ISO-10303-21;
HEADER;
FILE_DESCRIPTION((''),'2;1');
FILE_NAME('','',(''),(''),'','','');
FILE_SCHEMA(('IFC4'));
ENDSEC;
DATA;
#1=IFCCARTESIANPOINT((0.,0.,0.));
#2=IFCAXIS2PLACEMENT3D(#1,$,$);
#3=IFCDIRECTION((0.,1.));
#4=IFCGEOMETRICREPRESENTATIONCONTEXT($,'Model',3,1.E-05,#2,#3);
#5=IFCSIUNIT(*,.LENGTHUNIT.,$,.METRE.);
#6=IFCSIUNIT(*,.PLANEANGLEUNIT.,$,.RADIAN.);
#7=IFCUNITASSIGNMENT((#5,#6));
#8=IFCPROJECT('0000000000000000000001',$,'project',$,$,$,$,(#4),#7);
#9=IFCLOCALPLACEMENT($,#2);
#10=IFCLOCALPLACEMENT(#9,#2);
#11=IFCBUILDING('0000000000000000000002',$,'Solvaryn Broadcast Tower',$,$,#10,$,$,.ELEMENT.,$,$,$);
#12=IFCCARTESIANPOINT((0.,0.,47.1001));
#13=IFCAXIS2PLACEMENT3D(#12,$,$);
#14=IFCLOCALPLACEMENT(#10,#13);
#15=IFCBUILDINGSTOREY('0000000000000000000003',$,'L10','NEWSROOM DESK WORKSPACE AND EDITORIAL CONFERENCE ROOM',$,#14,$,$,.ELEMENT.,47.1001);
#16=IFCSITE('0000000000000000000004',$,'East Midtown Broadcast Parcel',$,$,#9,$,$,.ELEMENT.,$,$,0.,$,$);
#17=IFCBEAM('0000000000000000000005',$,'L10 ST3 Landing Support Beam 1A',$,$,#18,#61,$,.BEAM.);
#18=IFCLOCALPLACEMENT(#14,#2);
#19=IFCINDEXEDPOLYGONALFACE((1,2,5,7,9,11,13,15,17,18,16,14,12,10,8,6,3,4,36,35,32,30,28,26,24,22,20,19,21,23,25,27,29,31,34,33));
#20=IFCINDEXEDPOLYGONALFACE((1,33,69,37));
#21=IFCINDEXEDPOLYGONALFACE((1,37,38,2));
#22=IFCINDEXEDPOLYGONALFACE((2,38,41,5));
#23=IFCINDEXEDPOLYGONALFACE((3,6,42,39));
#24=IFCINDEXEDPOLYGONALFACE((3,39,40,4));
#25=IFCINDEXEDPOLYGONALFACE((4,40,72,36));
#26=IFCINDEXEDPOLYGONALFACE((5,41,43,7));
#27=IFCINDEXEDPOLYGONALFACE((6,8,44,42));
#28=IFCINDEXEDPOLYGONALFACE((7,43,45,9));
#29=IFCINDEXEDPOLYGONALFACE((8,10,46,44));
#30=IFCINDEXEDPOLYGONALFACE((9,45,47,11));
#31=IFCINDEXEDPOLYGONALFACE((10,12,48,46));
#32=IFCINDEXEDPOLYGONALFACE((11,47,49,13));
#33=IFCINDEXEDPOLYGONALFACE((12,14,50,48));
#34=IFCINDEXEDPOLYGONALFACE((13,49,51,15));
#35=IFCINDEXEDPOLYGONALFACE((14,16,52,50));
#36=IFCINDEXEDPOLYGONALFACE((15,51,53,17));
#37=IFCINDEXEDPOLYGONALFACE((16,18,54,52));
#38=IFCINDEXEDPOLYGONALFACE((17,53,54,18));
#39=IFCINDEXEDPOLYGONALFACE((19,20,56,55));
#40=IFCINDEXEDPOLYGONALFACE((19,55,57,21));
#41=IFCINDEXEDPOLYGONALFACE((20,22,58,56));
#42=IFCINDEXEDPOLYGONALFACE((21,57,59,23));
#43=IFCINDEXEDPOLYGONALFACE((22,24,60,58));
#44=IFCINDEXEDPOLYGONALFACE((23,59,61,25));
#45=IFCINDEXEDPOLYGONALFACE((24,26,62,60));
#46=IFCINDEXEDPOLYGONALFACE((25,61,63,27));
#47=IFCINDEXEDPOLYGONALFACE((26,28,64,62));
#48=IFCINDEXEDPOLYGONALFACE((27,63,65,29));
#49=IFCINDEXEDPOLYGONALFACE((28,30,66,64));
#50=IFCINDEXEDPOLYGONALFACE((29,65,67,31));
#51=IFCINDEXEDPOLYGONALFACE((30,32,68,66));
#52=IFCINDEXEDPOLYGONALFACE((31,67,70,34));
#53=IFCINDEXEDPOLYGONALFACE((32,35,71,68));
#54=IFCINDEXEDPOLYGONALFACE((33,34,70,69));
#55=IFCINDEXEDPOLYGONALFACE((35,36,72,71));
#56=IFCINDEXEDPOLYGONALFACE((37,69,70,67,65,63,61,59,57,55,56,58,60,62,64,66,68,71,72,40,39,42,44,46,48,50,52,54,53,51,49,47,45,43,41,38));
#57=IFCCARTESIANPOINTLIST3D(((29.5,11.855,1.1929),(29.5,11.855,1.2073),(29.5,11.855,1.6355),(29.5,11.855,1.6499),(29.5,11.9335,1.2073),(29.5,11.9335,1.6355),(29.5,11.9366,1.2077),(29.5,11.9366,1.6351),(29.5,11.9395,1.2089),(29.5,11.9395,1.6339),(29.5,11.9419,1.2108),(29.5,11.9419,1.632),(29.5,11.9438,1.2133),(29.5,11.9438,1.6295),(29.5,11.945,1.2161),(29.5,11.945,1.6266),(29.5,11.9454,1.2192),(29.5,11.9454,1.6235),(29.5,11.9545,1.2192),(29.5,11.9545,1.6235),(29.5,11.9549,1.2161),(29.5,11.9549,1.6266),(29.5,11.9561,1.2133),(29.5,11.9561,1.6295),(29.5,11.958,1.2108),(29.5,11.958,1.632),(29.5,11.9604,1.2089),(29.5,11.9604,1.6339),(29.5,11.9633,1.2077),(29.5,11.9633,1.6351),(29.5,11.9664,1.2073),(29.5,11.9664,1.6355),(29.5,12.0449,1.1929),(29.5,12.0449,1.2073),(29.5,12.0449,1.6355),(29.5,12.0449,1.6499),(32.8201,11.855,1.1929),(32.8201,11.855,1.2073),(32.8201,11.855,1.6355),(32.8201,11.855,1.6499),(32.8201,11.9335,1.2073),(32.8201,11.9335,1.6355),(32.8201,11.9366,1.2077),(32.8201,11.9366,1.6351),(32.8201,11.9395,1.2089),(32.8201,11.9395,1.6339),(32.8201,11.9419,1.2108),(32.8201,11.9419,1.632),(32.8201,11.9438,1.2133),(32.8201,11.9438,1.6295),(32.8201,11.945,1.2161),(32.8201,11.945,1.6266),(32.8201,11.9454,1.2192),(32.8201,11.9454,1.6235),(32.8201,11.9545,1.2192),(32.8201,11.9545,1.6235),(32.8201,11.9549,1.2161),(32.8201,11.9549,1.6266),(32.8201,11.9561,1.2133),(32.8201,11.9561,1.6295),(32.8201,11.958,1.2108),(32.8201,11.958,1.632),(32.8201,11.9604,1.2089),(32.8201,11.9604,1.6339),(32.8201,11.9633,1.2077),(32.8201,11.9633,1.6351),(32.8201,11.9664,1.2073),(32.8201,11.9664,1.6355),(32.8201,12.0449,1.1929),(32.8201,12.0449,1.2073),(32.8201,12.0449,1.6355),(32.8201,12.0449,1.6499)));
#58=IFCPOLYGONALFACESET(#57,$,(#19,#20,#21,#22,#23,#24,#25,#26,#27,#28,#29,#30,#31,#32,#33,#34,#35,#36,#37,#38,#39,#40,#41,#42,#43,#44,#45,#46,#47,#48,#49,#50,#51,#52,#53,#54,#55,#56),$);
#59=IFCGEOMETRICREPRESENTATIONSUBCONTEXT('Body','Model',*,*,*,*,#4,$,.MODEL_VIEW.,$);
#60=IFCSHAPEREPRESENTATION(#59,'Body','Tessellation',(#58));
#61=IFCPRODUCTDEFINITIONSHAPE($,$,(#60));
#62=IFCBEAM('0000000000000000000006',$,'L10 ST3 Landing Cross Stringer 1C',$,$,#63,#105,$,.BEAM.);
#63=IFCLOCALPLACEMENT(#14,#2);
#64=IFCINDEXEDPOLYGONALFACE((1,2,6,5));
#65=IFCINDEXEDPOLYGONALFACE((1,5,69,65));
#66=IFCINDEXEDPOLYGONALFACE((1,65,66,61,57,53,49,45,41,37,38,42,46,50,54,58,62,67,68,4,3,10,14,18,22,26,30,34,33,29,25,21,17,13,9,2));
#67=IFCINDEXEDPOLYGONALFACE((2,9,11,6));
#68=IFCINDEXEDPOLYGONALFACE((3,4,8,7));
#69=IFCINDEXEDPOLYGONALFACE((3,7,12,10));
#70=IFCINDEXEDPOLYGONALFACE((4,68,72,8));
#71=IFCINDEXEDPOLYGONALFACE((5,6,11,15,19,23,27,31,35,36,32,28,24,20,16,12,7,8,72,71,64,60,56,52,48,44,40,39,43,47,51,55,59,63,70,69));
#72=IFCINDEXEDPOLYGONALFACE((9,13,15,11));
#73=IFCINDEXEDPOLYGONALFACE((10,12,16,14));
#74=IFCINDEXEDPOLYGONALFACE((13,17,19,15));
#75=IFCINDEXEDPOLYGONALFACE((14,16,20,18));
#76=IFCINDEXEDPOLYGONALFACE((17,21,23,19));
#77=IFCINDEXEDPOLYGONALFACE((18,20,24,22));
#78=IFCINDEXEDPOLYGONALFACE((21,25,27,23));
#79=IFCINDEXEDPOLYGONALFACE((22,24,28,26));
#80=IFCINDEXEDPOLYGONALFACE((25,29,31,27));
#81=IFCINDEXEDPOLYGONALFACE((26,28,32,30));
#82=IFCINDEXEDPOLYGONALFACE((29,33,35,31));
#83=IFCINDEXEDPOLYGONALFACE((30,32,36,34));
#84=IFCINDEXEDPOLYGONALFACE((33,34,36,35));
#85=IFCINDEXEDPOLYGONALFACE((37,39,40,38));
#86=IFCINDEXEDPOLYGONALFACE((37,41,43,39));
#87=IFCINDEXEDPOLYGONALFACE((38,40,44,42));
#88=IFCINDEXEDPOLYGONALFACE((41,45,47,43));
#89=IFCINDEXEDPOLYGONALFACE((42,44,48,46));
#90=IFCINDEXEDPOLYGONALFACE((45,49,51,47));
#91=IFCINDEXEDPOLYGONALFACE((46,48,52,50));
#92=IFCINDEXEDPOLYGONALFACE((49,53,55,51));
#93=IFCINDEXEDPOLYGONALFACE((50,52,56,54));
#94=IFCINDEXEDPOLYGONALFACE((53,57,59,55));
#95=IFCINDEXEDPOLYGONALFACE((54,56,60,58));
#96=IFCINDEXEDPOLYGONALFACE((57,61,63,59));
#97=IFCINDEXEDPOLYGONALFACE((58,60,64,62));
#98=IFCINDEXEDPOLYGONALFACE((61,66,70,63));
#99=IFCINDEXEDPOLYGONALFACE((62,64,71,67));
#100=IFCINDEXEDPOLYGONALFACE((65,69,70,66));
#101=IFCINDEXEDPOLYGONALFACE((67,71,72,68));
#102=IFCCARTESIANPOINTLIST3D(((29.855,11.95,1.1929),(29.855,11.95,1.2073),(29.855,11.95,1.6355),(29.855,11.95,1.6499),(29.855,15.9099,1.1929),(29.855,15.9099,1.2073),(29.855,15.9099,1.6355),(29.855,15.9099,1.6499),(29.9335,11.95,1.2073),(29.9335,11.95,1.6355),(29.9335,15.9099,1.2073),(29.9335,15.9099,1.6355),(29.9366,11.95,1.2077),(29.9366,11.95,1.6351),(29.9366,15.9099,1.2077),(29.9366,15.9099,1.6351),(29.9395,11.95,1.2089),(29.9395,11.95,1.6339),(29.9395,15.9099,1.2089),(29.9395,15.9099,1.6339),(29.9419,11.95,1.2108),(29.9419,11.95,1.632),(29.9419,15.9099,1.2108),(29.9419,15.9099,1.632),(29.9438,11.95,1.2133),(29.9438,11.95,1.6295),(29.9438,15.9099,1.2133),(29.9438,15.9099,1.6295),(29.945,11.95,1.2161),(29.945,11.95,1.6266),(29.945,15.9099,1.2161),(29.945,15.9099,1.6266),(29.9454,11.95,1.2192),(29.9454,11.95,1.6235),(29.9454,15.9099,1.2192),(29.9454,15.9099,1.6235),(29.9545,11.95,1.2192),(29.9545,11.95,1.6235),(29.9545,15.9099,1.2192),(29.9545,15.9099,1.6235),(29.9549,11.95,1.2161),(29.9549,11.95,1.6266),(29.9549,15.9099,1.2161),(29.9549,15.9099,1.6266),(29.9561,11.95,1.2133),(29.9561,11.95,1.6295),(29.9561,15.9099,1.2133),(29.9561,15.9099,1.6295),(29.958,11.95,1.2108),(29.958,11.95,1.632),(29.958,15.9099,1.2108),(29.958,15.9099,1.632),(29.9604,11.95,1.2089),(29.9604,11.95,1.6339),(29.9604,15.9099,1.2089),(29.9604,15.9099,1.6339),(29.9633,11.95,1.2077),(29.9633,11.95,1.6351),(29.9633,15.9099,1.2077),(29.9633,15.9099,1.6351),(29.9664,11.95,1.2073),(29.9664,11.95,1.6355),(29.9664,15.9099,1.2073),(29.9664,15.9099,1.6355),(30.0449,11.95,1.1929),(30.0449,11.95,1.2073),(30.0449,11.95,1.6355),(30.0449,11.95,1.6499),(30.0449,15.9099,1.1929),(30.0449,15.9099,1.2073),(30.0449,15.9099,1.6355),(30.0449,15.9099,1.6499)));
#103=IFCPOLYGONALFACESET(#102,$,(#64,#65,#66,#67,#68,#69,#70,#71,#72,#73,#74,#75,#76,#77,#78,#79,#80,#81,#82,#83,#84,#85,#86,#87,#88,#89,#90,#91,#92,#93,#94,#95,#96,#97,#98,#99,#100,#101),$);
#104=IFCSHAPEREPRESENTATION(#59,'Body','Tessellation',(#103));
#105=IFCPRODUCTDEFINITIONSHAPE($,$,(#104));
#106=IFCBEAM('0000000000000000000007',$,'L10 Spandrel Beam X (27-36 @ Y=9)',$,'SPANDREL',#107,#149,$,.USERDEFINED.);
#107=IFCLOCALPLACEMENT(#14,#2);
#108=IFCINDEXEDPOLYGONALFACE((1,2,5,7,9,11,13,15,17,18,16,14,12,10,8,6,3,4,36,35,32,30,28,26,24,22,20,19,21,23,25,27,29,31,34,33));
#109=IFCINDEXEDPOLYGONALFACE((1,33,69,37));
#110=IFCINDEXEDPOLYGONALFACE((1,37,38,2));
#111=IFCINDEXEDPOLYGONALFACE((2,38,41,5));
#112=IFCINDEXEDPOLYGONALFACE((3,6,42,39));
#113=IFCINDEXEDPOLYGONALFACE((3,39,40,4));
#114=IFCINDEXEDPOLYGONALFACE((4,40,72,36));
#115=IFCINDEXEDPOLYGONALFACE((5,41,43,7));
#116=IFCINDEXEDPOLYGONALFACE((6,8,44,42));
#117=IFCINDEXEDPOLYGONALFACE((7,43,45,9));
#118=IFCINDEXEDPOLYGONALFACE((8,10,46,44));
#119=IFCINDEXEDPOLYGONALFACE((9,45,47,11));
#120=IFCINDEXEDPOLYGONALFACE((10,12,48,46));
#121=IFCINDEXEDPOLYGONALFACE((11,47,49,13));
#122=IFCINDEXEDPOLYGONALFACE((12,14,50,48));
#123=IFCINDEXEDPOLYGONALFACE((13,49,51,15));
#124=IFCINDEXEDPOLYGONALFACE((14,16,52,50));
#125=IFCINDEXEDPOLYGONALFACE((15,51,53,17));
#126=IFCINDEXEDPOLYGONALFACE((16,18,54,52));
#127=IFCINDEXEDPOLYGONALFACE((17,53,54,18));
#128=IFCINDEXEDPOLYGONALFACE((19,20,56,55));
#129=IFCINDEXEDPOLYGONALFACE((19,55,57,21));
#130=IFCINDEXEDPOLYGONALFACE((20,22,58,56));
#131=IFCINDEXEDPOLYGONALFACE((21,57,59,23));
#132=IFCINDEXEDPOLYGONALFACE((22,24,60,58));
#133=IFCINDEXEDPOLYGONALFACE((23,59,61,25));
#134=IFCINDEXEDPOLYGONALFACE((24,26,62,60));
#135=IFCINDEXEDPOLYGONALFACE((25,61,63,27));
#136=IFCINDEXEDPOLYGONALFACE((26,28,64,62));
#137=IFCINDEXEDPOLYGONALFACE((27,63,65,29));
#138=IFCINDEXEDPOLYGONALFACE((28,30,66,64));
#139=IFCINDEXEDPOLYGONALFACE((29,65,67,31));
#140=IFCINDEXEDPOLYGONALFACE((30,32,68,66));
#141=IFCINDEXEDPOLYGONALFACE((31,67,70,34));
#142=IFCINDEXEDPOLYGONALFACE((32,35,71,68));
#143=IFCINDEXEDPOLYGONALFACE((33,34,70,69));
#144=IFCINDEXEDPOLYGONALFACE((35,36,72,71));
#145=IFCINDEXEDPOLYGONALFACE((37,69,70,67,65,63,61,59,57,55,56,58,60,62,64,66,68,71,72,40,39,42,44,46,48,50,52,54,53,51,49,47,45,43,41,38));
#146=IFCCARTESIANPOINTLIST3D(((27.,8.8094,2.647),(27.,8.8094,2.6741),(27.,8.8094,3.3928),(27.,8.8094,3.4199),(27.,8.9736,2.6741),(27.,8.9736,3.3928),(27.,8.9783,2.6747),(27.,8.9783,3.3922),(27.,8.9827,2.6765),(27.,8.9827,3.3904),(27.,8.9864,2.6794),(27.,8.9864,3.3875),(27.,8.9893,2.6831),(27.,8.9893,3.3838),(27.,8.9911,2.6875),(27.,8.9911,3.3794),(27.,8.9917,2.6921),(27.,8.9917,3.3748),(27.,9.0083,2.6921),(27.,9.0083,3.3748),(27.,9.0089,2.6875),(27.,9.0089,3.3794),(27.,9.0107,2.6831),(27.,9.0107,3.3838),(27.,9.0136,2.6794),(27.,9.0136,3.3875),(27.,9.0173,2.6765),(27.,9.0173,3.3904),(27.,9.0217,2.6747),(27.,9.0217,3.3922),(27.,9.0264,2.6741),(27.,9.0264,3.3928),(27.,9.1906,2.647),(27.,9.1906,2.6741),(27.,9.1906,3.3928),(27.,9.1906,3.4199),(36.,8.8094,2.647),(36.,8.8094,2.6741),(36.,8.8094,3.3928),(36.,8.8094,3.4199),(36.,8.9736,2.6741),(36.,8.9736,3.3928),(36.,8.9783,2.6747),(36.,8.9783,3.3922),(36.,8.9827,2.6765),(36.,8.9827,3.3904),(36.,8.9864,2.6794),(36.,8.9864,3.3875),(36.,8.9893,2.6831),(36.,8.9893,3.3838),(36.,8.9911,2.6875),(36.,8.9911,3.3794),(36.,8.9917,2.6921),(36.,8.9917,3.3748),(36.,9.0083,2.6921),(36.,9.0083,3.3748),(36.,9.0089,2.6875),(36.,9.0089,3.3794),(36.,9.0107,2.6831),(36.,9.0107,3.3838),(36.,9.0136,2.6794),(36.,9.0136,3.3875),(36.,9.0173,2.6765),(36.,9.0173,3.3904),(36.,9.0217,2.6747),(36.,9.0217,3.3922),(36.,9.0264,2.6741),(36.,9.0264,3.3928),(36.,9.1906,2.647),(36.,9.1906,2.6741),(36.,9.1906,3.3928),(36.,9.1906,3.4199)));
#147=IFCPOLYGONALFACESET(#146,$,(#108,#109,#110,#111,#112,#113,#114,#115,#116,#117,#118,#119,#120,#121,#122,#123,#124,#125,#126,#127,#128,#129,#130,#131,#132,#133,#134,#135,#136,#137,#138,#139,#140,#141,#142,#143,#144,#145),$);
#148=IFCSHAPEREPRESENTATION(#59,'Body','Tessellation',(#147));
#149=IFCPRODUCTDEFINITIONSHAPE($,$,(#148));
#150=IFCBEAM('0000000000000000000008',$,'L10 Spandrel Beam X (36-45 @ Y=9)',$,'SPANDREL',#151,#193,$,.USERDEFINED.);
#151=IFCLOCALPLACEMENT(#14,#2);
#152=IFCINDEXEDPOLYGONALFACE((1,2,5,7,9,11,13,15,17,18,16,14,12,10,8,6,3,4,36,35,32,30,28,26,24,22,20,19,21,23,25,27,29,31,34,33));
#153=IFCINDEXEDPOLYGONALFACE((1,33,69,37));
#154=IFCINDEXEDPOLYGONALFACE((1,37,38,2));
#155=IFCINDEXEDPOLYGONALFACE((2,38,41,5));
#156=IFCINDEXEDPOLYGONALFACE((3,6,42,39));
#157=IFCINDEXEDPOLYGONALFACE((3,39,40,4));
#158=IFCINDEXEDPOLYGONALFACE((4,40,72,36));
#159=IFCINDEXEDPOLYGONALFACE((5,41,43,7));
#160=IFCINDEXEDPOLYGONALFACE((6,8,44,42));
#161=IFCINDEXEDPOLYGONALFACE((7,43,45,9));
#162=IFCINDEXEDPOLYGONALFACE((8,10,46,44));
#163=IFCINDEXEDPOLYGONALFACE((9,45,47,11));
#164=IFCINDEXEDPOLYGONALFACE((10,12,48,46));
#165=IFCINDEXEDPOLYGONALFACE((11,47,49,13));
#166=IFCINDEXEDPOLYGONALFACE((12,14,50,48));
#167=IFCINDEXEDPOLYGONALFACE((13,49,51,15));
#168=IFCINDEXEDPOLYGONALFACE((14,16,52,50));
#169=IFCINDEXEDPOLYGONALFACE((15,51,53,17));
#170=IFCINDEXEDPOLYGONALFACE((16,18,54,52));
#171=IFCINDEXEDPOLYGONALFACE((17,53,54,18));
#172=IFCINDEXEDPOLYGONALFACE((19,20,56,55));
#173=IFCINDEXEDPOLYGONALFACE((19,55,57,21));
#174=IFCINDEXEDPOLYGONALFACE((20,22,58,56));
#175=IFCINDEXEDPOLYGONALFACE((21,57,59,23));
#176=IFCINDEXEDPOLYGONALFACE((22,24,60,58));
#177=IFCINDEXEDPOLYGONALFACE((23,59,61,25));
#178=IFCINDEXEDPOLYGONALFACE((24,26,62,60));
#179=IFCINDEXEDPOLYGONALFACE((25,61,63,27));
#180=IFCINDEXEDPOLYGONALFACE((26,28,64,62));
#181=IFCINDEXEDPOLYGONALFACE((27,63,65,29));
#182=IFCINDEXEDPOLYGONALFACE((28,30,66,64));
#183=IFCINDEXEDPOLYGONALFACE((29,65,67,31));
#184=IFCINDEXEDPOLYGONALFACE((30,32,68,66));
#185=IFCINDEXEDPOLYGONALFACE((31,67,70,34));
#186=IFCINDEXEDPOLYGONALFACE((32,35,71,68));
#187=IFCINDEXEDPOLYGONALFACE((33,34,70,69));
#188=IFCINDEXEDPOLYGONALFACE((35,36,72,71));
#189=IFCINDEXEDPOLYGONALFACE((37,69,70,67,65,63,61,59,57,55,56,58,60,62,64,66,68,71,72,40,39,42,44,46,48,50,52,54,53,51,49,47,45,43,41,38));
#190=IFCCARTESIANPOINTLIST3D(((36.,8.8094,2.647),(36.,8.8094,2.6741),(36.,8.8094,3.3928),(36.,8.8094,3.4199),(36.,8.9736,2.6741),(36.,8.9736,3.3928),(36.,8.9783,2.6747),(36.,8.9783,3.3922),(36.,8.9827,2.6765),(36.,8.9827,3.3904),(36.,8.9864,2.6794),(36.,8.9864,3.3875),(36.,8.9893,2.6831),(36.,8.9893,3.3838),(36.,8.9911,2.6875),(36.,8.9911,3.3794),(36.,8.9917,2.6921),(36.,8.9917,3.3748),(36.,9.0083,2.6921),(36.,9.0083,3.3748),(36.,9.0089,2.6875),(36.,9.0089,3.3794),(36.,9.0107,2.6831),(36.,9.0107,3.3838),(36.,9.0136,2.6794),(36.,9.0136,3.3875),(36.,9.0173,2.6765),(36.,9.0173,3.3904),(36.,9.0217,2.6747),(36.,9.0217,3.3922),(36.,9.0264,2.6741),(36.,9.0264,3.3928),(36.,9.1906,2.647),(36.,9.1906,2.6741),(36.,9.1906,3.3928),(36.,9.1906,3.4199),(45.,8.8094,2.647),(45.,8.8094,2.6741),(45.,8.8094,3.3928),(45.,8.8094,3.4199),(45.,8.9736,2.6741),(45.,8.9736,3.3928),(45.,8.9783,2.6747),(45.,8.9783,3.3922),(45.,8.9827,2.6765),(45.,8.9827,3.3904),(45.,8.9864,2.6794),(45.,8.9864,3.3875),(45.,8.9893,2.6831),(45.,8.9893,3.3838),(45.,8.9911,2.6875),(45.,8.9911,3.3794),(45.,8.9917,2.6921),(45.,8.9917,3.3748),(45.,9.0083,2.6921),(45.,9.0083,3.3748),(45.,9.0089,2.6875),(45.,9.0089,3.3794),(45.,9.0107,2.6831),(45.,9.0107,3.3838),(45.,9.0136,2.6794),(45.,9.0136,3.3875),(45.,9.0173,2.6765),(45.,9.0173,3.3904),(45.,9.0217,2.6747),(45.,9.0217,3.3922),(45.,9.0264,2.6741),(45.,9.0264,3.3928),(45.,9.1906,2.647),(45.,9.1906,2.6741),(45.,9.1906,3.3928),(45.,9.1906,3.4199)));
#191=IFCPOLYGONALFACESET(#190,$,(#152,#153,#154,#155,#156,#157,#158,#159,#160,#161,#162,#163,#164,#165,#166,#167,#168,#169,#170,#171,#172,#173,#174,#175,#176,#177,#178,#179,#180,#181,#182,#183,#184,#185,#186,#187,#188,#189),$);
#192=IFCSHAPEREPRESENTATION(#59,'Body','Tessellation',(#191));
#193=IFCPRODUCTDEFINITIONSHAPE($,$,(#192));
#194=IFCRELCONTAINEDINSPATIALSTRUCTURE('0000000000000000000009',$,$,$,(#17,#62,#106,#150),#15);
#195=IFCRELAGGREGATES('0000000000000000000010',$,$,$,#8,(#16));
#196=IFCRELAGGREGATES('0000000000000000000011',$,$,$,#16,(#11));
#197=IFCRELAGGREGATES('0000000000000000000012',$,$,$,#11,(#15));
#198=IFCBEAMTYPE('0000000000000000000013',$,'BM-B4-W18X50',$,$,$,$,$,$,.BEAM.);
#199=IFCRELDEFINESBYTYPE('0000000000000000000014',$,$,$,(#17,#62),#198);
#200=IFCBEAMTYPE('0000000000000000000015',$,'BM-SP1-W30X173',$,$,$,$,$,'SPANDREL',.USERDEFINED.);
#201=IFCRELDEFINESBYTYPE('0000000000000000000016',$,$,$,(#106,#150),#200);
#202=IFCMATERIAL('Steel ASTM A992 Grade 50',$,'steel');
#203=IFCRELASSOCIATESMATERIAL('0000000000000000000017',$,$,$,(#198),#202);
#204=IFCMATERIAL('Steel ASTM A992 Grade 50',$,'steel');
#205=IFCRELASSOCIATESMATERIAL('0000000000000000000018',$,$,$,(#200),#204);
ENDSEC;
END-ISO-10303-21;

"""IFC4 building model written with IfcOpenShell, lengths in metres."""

from ifc_helpers import new_model, si_unit, direction, frame, origin, origin_2d, place, context, subcontext, project, spatial, i_section, extrude, material, material_profile, profile_set, type_object, element, save


model = new_model("IFC4")

# Units and contexts
model_context = context("Model", 3, precision=1e-05, world=origin(), true_north=direction((0.0, 1.0)))
body_context = subcontext(model_context, "Body", "Model", "MODEL_VIEW")
ifc_project = project(units=[si_unit("LENGTHUNIT", "METRE"), si_unit("PLANEANGLEUNIT", "RADIAN")], contexts=[model_context])

# Site, building, storey
site_placement = place(None, origin())
site = spatial("IfcSite", under=ifc_project, at=site_placement, Name="East Midtown Broadcast Parcel", CompositionType="ELEMENT", RefElevation=0.0)
building_placement = place(site_placement, origin())
building = spatial("IfcBuilding", under=site, at=building_placement, Name="Solvaryn Broadcast Tower", CompositionType="ELEMENT")
storey_placement = place(building_placement, frame((0.0, 0.0, 47.1001)))
storey = spatial("IfcBuildingStorey", under=building, at=storey_placement, Name="L10", Description="NEWSROOM DESK WORKSPACE AND EDITORIAL CONFERENCE ROOM", CompositionType="ELEMENT", Elevation=47.1001)

# Beams
ifc_material_1 = material(Name="Steel ASTM A992 Grade 50", Category="steel")
ifc_material_profile_1 = material_profile(ifc_material_1, i_section(OverallWidth=0.1899, OverallDepth=0.457, WebThickness=0.009, FlangeThickness=0.0144, FilletRadius=0.012, at=origin_2d()))
ifc_profile_set_1 = profile_set([ifc_material_profile_1], Name="Steel ASTM A992 Grade 50")
beam_type_1 = type_object("IfcBeamType", Name="BM-B4-W18X50", PredefinedType="BEAM", material=ifc_profile_set_1)
beam_1_placement = place(storey_placement, frame((29.5, 11.95, 1.4214), z_axis=(1.0, 0.0, 0.0), x_axis=(0.0, 1.0, 0.0)))
element("IfcBeam", 1, at=beam_1_placement, inside=storey, type_object=beam_type_1, Name="L10 ST3 Landing Support Beam 1A", PredefinedType="BEAM", context=body_context, shape_type="SweptSolid", body=[
    extrude(i_section(OverallWidth=0.1899, OverallDepth=0.457, WebThickness=0.009, FlangeThickness=0.0144, FilletRadius=0.012, at=origin_2d()), origin(), (0.0, 0.0, 1.0), 3.3201),
])
beam_2_placement = place(storey_placement, frame((29.95, 11.95, 1.4214), z_axis=(0.0, 1.0, 0.0), x_axis=(-1.0, 0.0, 0.0)))
element("IfcBeam", 2, at=beam_2_placement, inside=storey, type_object=beam_type_1, Name="L10 ST3 Landing Cross Stringer 1C", PredefinedType="BEAM", context=body_context, shape_type="SweptSolid", body=[
    extrude(i_section(OverallWidth=0.1899, OverallDepth=0.457, WebThickness=0.009, FlangeThickness=0.0144, FilletRadius=0.012, at=origin_2d()), origin(), (0.0, 0.0, 1.0), 3.96),
])
ifc_material_2 = material(Name="Steel ASTM A992 Grade 50", Category="steel")
ifc_material_profile_2 = material_profile(ifc_material_2, i_section(OverallWidth=0.3811, OverallDepth=0.7729, WebThickness=0.0166, FlangeThickness=0.0271, FilletRadius=0.0181, at=origin_2d()))
ifc_profile_set_2 = profile_set([ifc_material_profile_2], Name="Steel ASTM A992 Grade 50")
beam_type_2 = type_object("IfcBeamType", Name="BM-SP1-W30X173", ElementType="SPANDREL", PredefinedType="USERDEFINED", material=ifc_profile_set_2)
for number, where, z_axis, x_axis, name in (
    (3, (27.0, 9.0, 3.0334), (1.0, 0.0, 0.0), (0.0, 1.0, 0.0), "L10 Spandrel Beam X (27-36 @ Y=9)"),
    (4, (36.0, 9.0, 3.0334), (1.0, 0.0, 0.0), (0.0, 1.0, 0.0), "L10 Spandrel Beam X (36-45 @ Y=9)"),
):
    element("IfcBeam", number, at=place(storey_placement, frame(where, z_axis=z_axis, x_axis=x_axis)), inside=storey, type_object=beam_type_2, Name=name, ObjectType="SPANDREL", PredefinedType="USERDEFINED", context=body_context, shape_type="SweptSolid", body=[
        extrude(i_section(OverallWidth=0.3811, OverallDepth=0.7729, WebThickness=0.0166, FlangeThickness=0.0271, FilletRadius=0.0181, at=origin_2d()), origin(), (0.0, 0.0, 1.0), 9.0),
    ])

save(model, "model.ifc")
